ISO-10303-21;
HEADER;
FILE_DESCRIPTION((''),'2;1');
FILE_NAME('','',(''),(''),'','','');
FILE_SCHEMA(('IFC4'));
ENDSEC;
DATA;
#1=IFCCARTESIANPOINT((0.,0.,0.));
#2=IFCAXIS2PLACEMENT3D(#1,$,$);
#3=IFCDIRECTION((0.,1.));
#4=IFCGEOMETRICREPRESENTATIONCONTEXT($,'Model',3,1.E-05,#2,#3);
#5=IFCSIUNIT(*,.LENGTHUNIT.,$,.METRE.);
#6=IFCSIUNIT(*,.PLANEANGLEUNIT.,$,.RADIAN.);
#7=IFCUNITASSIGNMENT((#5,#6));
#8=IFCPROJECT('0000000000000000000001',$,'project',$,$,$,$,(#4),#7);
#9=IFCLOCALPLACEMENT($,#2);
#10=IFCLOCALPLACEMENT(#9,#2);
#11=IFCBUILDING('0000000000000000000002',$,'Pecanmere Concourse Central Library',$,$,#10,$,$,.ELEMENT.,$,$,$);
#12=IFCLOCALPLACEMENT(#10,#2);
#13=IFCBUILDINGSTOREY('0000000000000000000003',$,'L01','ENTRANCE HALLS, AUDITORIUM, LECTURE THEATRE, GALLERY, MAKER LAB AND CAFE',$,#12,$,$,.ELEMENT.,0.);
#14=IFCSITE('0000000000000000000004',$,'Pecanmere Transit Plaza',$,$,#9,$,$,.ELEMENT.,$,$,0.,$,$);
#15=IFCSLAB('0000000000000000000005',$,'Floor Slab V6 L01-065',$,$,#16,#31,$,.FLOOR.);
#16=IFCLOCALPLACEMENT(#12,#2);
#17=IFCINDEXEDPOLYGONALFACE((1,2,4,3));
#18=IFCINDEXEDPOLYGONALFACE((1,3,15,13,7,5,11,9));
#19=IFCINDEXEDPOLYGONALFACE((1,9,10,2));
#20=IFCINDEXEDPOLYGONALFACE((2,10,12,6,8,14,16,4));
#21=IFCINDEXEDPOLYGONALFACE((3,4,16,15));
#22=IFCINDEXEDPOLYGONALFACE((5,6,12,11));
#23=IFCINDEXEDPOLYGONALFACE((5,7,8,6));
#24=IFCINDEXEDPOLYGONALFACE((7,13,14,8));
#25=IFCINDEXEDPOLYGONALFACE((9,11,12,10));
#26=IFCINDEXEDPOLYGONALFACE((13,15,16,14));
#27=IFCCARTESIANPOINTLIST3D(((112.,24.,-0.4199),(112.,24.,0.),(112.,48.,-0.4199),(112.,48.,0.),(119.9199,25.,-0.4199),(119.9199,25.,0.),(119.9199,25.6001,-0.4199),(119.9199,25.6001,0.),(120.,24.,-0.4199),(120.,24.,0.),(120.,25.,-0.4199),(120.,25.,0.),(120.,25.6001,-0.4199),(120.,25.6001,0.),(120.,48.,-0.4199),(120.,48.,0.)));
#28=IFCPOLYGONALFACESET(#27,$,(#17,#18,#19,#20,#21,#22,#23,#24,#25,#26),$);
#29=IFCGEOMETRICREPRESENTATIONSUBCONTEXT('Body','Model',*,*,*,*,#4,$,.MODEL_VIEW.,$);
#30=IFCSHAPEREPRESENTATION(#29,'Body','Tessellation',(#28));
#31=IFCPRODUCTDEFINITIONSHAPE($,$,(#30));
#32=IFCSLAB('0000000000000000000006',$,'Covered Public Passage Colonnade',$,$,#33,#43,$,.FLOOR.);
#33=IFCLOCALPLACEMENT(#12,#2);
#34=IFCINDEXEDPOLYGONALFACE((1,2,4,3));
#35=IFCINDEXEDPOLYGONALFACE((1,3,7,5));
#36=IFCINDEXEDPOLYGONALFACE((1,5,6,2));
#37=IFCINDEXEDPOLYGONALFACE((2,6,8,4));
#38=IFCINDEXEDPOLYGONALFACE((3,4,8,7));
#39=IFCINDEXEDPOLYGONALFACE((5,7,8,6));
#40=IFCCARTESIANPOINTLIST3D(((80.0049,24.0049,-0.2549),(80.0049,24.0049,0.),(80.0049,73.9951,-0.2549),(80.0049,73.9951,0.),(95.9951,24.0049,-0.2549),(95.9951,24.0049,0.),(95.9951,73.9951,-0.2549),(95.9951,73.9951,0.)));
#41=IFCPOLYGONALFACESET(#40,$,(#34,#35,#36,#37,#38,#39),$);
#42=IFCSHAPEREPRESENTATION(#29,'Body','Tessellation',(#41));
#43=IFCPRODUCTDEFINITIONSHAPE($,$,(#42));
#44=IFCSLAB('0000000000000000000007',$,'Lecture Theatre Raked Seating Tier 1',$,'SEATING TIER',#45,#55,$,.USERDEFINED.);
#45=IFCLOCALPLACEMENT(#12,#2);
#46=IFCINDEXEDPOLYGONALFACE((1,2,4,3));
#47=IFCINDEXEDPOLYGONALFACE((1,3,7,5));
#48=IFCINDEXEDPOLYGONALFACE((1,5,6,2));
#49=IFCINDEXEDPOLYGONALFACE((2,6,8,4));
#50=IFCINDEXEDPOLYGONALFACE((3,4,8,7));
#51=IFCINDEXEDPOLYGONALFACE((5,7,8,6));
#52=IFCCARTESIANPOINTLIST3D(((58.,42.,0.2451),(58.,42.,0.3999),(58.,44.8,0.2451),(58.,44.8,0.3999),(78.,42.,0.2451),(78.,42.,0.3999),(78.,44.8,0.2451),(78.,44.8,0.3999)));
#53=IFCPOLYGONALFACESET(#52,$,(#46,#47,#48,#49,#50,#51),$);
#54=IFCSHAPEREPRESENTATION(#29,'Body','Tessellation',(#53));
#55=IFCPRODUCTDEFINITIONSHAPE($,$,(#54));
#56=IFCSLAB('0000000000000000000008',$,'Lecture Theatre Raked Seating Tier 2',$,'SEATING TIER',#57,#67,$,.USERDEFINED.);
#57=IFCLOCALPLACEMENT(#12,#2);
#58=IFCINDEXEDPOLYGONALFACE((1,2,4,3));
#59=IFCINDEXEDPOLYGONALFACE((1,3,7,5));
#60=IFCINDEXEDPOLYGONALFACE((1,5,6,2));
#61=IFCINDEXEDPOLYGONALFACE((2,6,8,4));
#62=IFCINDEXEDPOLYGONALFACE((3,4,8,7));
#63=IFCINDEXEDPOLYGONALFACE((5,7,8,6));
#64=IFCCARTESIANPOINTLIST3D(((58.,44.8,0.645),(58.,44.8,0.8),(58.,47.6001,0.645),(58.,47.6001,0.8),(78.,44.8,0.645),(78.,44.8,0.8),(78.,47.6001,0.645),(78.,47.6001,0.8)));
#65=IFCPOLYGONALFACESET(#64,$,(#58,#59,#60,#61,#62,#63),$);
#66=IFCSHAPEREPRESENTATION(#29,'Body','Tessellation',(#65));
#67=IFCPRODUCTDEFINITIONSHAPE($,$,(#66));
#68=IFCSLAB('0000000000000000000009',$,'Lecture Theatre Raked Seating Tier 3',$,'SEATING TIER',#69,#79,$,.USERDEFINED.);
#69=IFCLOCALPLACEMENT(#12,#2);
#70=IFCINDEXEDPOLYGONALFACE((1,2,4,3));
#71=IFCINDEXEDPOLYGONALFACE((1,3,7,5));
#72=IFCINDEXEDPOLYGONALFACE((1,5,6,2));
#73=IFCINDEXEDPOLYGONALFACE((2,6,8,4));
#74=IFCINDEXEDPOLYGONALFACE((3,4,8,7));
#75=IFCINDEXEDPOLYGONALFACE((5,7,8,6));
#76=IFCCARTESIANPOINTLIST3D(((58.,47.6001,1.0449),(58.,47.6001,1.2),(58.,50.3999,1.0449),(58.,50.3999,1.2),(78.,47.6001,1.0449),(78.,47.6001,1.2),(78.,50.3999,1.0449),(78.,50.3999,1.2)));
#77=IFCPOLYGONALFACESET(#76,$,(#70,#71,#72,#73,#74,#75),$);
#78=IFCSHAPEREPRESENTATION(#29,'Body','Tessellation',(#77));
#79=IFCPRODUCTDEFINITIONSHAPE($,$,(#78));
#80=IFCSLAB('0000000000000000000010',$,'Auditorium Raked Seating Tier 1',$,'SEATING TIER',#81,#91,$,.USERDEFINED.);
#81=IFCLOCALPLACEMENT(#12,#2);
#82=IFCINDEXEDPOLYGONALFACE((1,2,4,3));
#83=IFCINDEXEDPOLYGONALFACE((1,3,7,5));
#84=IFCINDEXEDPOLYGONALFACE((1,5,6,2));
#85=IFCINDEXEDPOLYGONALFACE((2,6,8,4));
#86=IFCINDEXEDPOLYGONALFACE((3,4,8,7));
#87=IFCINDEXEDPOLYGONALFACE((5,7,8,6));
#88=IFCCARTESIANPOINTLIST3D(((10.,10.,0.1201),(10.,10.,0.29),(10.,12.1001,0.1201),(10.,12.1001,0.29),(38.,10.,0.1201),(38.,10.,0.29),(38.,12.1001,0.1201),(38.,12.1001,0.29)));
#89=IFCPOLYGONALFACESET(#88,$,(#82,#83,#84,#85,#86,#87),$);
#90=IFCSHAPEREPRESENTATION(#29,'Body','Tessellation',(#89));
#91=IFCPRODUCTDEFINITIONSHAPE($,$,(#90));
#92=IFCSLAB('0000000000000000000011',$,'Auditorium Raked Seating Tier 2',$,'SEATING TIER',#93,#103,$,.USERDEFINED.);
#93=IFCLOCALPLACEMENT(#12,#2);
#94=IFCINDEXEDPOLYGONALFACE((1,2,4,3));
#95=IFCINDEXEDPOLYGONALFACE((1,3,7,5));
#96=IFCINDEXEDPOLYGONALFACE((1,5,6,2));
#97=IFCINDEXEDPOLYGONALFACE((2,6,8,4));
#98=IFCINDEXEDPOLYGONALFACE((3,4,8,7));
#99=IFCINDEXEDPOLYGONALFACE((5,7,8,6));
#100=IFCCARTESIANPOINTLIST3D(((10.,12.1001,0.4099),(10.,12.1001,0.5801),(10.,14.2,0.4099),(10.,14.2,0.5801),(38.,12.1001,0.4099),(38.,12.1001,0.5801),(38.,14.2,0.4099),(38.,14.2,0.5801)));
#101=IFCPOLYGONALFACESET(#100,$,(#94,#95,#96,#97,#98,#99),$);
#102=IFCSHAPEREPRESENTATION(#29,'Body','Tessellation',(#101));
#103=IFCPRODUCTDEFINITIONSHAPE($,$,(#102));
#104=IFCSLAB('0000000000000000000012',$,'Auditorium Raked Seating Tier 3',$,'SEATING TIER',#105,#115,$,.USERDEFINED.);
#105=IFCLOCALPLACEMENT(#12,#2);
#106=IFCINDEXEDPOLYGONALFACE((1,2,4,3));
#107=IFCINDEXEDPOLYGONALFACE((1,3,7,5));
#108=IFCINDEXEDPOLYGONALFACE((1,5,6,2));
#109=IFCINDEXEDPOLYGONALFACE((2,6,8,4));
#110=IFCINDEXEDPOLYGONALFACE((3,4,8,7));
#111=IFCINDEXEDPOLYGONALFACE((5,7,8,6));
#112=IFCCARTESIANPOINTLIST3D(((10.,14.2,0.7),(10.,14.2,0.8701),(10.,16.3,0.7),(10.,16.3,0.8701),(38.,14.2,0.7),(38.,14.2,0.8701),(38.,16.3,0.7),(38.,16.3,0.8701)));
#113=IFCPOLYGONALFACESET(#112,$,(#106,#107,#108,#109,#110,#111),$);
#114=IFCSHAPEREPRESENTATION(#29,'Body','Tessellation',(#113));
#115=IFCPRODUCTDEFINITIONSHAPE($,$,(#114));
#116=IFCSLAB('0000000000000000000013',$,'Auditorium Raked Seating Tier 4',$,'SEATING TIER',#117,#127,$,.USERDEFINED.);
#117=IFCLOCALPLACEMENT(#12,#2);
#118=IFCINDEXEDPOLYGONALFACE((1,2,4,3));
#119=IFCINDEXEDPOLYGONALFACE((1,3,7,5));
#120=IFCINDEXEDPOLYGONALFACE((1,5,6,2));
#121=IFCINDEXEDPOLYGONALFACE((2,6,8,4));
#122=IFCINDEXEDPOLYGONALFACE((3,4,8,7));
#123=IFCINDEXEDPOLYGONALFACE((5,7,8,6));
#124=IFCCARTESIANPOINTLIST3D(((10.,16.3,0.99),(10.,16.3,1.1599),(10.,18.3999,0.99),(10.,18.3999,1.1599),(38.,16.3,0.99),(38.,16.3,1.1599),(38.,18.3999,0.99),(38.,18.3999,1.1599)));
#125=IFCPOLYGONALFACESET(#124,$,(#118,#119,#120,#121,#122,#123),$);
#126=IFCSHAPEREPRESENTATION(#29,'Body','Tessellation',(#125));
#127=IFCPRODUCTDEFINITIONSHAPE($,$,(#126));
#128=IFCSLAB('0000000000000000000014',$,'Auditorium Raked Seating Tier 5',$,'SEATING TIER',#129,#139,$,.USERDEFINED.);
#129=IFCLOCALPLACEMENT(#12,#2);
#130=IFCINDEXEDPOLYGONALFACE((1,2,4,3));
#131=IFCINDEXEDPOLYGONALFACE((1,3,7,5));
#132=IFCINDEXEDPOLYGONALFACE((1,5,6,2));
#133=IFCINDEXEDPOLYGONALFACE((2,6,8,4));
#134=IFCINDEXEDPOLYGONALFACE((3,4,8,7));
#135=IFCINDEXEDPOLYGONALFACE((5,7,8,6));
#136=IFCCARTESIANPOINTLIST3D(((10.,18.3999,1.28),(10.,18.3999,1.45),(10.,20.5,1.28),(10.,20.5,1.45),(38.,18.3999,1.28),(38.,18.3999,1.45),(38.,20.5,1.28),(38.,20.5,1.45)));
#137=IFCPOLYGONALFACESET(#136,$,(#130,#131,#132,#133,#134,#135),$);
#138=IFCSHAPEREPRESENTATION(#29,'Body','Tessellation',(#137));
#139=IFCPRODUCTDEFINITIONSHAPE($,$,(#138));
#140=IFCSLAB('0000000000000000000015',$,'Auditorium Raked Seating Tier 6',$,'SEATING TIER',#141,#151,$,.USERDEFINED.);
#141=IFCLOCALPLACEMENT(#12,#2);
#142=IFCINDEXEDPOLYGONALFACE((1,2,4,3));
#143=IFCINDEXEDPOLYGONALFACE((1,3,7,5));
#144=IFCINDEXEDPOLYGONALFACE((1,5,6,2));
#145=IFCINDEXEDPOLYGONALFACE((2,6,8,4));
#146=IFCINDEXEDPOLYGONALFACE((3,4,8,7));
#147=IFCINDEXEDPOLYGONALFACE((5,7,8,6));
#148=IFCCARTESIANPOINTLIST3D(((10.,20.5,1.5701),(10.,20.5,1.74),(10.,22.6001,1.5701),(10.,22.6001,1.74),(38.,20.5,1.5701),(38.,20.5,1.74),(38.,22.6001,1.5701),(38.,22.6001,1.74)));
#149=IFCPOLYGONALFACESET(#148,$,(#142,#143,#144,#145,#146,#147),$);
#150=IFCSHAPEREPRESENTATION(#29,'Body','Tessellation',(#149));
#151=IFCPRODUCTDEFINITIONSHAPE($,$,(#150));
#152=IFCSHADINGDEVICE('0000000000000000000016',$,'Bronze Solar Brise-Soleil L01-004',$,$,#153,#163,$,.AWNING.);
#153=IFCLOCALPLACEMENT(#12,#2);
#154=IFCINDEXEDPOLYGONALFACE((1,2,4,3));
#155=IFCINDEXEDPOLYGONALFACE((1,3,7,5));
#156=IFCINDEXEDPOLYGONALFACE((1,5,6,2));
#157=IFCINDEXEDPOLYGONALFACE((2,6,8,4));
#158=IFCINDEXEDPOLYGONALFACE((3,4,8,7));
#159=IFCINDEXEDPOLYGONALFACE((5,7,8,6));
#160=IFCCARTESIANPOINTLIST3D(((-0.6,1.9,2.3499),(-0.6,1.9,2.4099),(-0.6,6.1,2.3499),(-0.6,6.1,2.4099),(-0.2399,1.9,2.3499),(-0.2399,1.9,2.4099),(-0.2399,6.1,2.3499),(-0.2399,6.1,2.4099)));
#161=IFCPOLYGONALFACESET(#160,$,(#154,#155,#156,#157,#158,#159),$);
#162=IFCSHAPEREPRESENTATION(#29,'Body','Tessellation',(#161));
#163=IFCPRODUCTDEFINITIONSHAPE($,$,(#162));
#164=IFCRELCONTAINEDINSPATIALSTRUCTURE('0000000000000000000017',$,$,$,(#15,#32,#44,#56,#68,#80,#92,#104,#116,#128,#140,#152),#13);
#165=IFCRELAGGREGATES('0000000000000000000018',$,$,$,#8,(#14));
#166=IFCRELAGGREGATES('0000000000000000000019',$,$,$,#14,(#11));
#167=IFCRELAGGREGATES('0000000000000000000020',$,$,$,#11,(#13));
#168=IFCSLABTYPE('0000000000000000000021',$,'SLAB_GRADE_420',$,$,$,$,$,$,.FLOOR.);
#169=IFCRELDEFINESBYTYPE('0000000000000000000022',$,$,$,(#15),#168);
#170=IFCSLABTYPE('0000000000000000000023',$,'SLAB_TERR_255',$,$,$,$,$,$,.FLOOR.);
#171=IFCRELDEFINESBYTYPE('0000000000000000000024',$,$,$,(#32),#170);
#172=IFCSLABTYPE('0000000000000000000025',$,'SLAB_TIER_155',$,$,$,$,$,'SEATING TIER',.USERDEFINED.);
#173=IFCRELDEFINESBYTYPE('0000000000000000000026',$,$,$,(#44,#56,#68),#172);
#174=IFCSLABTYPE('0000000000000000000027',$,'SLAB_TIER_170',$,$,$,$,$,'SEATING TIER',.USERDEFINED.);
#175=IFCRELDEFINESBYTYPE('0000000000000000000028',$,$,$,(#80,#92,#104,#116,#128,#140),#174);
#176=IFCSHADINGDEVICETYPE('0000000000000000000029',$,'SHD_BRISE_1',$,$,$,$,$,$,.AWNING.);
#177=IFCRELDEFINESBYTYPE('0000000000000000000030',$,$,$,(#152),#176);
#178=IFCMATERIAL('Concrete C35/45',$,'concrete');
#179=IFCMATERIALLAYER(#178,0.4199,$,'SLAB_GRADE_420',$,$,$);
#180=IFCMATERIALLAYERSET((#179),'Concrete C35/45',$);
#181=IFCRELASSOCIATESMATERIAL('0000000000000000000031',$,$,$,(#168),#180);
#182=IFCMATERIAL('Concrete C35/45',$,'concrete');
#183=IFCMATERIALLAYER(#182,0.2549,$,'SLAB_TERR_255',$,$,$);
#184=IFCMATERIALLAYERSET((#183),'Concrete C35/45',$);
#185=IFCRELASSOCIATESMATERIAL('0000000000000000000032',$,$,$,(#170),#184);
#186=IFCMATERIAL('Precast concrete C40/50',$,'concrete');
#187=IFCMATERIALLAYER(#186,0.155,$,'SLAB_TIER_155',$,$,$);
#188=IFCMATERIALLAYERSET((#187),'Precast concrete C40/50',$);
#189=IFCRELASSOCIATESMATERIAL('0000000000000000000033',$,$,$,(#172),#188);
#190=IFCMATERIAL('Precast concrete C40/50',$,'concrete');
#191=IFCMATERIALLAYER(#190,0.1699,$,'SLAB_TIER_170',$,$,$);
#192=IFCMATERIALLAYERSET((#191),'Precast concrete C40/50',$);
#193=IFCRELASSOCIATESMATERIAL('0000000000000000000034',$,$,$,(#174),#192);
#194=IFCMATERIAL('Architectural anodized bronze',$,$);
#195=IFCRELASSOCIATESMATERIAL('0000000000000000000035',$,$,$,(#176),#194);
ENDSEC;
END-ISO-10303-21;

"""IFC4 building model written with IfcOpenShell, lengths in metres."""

from ifc_helpers import new_model, si_unit, direction, frame, origin, origin_2d, place, context, subcontext, project, spatial, polyline, rectangle, outline, extrude, material, layer, layer_set, type_object, element, save


model = new_model("IFC4")

# Units and contexts
model_context = context("Model", 3, precision=1e-05, world=origin(), true_north=direction((0.0, 1.0)))
body_context = subcontext(model_context, "Body", "Model", "MODEL_VIEW")
ifc_project = project(units=[si_unit("LENGTHUNIT", "METRE"), si_unit("PLANEANGLEUNIT", "RADIAN")], contexts=[model_context])

# Site, building, storey
site_placement = place(None, origin())
site = spatial("IfcSite", under=ifc_project, at=site_placement, Name="Pecanmere Transit Plaza", CompositionType="ELEMENT", RefElevation=0.0)
building_placement = place(site_placement, origin())
building = spatial("IfcBuilding", under=site, at=building_placement, Name="Pecanmere Concourse Central Library", CompositionType="ELEMENT")
storey_placement = place(building_placement, origin())
storey = spatial("IfcBuildingStorey", under=building, at=storey_placement, Name="L01", Description="ENTRANCE HALLS, AUDITORIUM, LECTURE THEATRE, GALLERY, MAKER LAB AND CAFE", CompositionType="ELEMENT", Elevation=0.0)

# Slabs
ifc_material_1 = material(Name="Concrete C35/45", Category="concrete")
ifc_layer_1 = layer(ifc_material_1, 0.4199, Name="SLAB_GRADE_420")
ifc_layer_set_1 = layer_set([ifc_layer_1], Name="Concrete C35/45")
slab_type_1 = type_object("IfcSlabType", Name="SLAB_GRADE_420", PredefinedType="FLOOR", material=ifc_layer_set_1)
slab_1_placement = place(storey_placement, frame((0.0, 0.0, -0.4199)))
element("IfcSlab", 1, at=slab_1_placement, inside=storey, type_object=slab_type_1, Name="Floor Slab V6 L01-065", PredefinedType="FLOOR", context=body_context, shape_type="SweptSolid", body=[
    extrude(outline(polyline([(112.0, 48.0), (120.0, 48.0), (120.0, 25.6001), (119.9199, 25.6001), (119.9199, 25.0), (120.0, 25.0), (120.0, 24.0), (112.0, 24.0), (112.0, 48.0)])), origin(), (0.0, 0.0, 1.0), 0.4199),
])
ifc_material_2 = material(Name="Concrete C35/45", Category="concrete")
ifc_layer_2 = layer(ifc_material_2, 0.2549, Name="SLAB_TERR_255")
ifc_layer_set_2 = layer_set([ifc_layer_2], Name="Concrete C35/45")
slab_type_2 = type_object("IfcSlabType", Name="SLAB_TERR_255", PredefinedType="FLOOR", material=ifc_layer_set_2)
slab_2_placement = place(storey_placement, frame((0.0, 0.0, -0.2549)))
element("IfcSlab", 2, at=slab_2_placement, inside=storey, type_object=slab_type_2, Name="Covered Public Passage Colonnade", PredefinedType="FLOOR", context=body_context, shape_type="SweptSolid", body=[
    extrude(outline(polyline([(95.9951, 24.0049), (80.0049, 24.0049), (80.0049, 73.9951), (95.9951, 73.9951), (95.9951, 24.0049)])), origin(), (0.0, 0.0, 1.0), 0.2549),
])
ifc_material_3 = material(Name="Precast concrete C40/50", Category="concrete")
ifc_layer_3 = layer(ifc_material_3, 0.155, Name="SLAB_TIER_155")
ifc_layer_set_3 = layer_set([ifc_layer_3], Name="Precast concrete C40/50")
slab_type_3 = type_object("IfcSlabType", Name="SLAB_TIER_155", ElementType="SEATING TIER", PredefinedType="USERDEFINED", material=ifc_layer_set_3)
slab_3_placement = place(storey_placement, frame((0.0, 0.0, 0.2451)))
element("IfcSlab", 3, at=slab_3_placement, inside=storey, type_object=slab_type_3, Name="Lecture Theatre Raked Seating Tier 1", ObjectType="SEATING TIER", PredefinedType="USERDEFINED", context=body_context, shape_type="SweptSolid", body=[
    extrude(outline(polyline([(58.0, 42.0), (78.0, 42.0), (78.0, 44.8), (58.0, 44.8), (58.0, 42.0)])), origin(), (0.0, 0.0, 1.0), 0.1548),
])
slab_4_placement = place(storey_placement, frame((0.0, 0.0, 0.645)))
element("IfcSlab", 4, at=slab_4_placement, inside=storey, type_object=slab_type_3, Name="Lecture Theatre Raked Seating Tier 2", ObjectType="SEATING TIER", PredefinedType="USERDEFINED", context=body_context, shape_type="SweptSolid", body=[
    extrude(outline(polyline([(58.0, 44.8), (78.0, 44.8), (78.0, 47.6001), (58.0, 47.6001), (58.0, 44.8)])), origin(), (0.0, 0.0, 1.0), 0.155),
])
slab_5_placement = place(storey_placement, frame((0.0, 0.0, 1.0449)))
element("IfcSlab", 5, at=slab_5_placement, inside=storey, type_object=slab_type_3, Name="Lecture Theatre Raked Seating Tier 3", ObjectType="SEATING TIER", PredefinedType="USERDEFINED", context=body_context, shape_type="SweptSolid", body=[
    extrude(outline(polyline([(58.0, 47.6001), (78.0, 47.6001), (78.0, 50.3999), (58.0, 50.3999), (58.0, 47.6001)])), origin(), (0.0, 0.0, 1.0), 0.155),
])
ifc_material_4 = material(Name="Precast concrete C40/50", Category="concrete")
ifc_layer_4 = layer(ifc_material_4, 0.1699, Name="SLAB_TIER_170")
ifc_layer_set_4 = layer_set([ifc_layer_4], Name="Precast concrete C40/50")
slab_type_4 = type_object("IfcSlabType", Name="SLAB_TIER_170", ElementType="SEATING TIER", PredefinedType="USERDEFINED", material=ifc_layer_set_4)
slab_6_placement = place(storey_placement, frame((0.0, 0.0, 0.1201)))
element("IfcSlab", 6, at=slab_6_placement, inside=storey, type_object=slab_type_4, Name="Auditorium Raked Seating Tier 1", ObjectType="SEATING TIER", PredefinedType="USERDEFINED", context=body_context, shape_type="SweptSolid", body=[
    extrude(outline(polyline([(10.0, 10.0), (38.0, 10.0), (38.0, 12.1001), (10.0, 12.1001), (10.0, 10.0)])), origin(), (0.0, 0.0, 1.0), 0.1699),
])
slab_7_placement = place(storey_placement, frame((0.0, 0.0, 0.4099)))
element("IfcSlab", 7, at=slab_7_placement, inside=storey, type_object=slab_type_4, Name="Auditorium Raked Seating Tier 2", ObjectType="SEATING TIER", PredefinedType="USERDEFINED", context=body_context, shape_type="SweptSolid", body=[
    extrude(outline(polyline([(10.0, 12.1001), (38.0, 12.1001), (38.0, 14.2), (10.0, 14.2), (10.0, 12.1001)])), origin(), (0.0, 0.0, 1.0), 0.1702),
])
slab_8_placement = place(storey_placement, frame((0.0, 0.0, 0.7)))
element("IfcSlab", 8, at=slab_8_placement, inside=storey, type_object=slab_type_4, Name="Auditorium Raked Seating Tier 3", ObjectType="SEATING TIER", PredefinedType="USERDEFINED", context=body_context, shape_type="SweptSolid", body=[
    extrude(outline(polyline([(10.0, 14.2), (38.0, 14.2), (38.0, 16.3), (10.0, 16.3), (10.0, 14.2)])), origin(), (0.0, 0.0, 1.0), 0.1702),
])
slab_9_placement = place(storey_placement, frame((0.0, 0.0, 0.99)))
element("IfcSlab", 9, at=slab_9_placement, inside=storey, type_object=slab_type_4, Name="Auditorium Raked Seating Tier 4", ObjectType="SEATING TIER", PredefinedType="USERDEFINED", context=body_context, shape_type="SweptSolid", body=[
    extrude(outline(polyline([(10.0, 16.3), (38.0, 16.3), (38.0, 18.3999), (10.0, 18.3999), (10.0, 16.3)])), origin(), (0.0, 0.0, 1.0), 0.1699),
])
slab_10_placement = place(storey_placement, frame((0.0, 0.0, 1.28)))
element("IfcSlab", 10, at=slab_10_placement, inside=storey, type_object=slab_type_4, Name="Auditorium Raked Seating Tier 5", ObjectType="SEATING TIER", PredefinedType="USERDEFINED", context=body_context, shape_type="SweptSolid", body=[
    extrude(outline(polyline([(10.0, 18.3999), (38.0, 18.3999), (38.0, 20.5), (10.0, 20.5), (10.0, 18.3999)])), origin(), (0.0, 0.0, 1.0), 0.1699),
])
slab_11_placement = place(storey_placement, frame((0.0, 0.0, 1.5701)))
element("IfcSlab", 11, at=slab_11_placement, inside=storey, type_object=slab_type_4, Name="Auditorium Raked Seating Tier 6", ObjectType="SEATING TIER", PredefinedType="USERDEFINED", context=body_context, shape_type="SweptSolid", body=[
    extrude(outline(polyline([(10.0, 20.5), (38.0, 20.5), (38.0, 22.6001), (10.0, 22.6001), (10.0, 20.5)])), origin(), (0.0, 0.0, 1.0), 0.1699),
])

# Shading device
ifc_material_5 = material(Name="Architectural anodized bronze")
shading_device_type = type_object("IfcShadingDeviceType", Name="SHD_BRISE_1", PredefinedType="AWNING", material=ifc_material_5)
shading_device_placement = place(storey_placement, frame((-0.4199, 4.0, 2.3499), z_axis=(0.0, 0.0, 1.0), x_axis=(0.0, -1.0, 0.0)))
element("IfcShadingDevice", 12, at=shading_device_placement, inside=storey, type_object=shading_device_type, Name="Bronze Solar Brise-Soleil L01-004", PredefinedType="AWNING", context=body_context, shape_type="SweptSolid", body=[
    extrude(rectangle(XDim=4.2, YDim=0.3601, at=origin_2d()), origin(), (0.0, 0.0, 1.0), 0.0601),
])

save(model, "model.ifc")
